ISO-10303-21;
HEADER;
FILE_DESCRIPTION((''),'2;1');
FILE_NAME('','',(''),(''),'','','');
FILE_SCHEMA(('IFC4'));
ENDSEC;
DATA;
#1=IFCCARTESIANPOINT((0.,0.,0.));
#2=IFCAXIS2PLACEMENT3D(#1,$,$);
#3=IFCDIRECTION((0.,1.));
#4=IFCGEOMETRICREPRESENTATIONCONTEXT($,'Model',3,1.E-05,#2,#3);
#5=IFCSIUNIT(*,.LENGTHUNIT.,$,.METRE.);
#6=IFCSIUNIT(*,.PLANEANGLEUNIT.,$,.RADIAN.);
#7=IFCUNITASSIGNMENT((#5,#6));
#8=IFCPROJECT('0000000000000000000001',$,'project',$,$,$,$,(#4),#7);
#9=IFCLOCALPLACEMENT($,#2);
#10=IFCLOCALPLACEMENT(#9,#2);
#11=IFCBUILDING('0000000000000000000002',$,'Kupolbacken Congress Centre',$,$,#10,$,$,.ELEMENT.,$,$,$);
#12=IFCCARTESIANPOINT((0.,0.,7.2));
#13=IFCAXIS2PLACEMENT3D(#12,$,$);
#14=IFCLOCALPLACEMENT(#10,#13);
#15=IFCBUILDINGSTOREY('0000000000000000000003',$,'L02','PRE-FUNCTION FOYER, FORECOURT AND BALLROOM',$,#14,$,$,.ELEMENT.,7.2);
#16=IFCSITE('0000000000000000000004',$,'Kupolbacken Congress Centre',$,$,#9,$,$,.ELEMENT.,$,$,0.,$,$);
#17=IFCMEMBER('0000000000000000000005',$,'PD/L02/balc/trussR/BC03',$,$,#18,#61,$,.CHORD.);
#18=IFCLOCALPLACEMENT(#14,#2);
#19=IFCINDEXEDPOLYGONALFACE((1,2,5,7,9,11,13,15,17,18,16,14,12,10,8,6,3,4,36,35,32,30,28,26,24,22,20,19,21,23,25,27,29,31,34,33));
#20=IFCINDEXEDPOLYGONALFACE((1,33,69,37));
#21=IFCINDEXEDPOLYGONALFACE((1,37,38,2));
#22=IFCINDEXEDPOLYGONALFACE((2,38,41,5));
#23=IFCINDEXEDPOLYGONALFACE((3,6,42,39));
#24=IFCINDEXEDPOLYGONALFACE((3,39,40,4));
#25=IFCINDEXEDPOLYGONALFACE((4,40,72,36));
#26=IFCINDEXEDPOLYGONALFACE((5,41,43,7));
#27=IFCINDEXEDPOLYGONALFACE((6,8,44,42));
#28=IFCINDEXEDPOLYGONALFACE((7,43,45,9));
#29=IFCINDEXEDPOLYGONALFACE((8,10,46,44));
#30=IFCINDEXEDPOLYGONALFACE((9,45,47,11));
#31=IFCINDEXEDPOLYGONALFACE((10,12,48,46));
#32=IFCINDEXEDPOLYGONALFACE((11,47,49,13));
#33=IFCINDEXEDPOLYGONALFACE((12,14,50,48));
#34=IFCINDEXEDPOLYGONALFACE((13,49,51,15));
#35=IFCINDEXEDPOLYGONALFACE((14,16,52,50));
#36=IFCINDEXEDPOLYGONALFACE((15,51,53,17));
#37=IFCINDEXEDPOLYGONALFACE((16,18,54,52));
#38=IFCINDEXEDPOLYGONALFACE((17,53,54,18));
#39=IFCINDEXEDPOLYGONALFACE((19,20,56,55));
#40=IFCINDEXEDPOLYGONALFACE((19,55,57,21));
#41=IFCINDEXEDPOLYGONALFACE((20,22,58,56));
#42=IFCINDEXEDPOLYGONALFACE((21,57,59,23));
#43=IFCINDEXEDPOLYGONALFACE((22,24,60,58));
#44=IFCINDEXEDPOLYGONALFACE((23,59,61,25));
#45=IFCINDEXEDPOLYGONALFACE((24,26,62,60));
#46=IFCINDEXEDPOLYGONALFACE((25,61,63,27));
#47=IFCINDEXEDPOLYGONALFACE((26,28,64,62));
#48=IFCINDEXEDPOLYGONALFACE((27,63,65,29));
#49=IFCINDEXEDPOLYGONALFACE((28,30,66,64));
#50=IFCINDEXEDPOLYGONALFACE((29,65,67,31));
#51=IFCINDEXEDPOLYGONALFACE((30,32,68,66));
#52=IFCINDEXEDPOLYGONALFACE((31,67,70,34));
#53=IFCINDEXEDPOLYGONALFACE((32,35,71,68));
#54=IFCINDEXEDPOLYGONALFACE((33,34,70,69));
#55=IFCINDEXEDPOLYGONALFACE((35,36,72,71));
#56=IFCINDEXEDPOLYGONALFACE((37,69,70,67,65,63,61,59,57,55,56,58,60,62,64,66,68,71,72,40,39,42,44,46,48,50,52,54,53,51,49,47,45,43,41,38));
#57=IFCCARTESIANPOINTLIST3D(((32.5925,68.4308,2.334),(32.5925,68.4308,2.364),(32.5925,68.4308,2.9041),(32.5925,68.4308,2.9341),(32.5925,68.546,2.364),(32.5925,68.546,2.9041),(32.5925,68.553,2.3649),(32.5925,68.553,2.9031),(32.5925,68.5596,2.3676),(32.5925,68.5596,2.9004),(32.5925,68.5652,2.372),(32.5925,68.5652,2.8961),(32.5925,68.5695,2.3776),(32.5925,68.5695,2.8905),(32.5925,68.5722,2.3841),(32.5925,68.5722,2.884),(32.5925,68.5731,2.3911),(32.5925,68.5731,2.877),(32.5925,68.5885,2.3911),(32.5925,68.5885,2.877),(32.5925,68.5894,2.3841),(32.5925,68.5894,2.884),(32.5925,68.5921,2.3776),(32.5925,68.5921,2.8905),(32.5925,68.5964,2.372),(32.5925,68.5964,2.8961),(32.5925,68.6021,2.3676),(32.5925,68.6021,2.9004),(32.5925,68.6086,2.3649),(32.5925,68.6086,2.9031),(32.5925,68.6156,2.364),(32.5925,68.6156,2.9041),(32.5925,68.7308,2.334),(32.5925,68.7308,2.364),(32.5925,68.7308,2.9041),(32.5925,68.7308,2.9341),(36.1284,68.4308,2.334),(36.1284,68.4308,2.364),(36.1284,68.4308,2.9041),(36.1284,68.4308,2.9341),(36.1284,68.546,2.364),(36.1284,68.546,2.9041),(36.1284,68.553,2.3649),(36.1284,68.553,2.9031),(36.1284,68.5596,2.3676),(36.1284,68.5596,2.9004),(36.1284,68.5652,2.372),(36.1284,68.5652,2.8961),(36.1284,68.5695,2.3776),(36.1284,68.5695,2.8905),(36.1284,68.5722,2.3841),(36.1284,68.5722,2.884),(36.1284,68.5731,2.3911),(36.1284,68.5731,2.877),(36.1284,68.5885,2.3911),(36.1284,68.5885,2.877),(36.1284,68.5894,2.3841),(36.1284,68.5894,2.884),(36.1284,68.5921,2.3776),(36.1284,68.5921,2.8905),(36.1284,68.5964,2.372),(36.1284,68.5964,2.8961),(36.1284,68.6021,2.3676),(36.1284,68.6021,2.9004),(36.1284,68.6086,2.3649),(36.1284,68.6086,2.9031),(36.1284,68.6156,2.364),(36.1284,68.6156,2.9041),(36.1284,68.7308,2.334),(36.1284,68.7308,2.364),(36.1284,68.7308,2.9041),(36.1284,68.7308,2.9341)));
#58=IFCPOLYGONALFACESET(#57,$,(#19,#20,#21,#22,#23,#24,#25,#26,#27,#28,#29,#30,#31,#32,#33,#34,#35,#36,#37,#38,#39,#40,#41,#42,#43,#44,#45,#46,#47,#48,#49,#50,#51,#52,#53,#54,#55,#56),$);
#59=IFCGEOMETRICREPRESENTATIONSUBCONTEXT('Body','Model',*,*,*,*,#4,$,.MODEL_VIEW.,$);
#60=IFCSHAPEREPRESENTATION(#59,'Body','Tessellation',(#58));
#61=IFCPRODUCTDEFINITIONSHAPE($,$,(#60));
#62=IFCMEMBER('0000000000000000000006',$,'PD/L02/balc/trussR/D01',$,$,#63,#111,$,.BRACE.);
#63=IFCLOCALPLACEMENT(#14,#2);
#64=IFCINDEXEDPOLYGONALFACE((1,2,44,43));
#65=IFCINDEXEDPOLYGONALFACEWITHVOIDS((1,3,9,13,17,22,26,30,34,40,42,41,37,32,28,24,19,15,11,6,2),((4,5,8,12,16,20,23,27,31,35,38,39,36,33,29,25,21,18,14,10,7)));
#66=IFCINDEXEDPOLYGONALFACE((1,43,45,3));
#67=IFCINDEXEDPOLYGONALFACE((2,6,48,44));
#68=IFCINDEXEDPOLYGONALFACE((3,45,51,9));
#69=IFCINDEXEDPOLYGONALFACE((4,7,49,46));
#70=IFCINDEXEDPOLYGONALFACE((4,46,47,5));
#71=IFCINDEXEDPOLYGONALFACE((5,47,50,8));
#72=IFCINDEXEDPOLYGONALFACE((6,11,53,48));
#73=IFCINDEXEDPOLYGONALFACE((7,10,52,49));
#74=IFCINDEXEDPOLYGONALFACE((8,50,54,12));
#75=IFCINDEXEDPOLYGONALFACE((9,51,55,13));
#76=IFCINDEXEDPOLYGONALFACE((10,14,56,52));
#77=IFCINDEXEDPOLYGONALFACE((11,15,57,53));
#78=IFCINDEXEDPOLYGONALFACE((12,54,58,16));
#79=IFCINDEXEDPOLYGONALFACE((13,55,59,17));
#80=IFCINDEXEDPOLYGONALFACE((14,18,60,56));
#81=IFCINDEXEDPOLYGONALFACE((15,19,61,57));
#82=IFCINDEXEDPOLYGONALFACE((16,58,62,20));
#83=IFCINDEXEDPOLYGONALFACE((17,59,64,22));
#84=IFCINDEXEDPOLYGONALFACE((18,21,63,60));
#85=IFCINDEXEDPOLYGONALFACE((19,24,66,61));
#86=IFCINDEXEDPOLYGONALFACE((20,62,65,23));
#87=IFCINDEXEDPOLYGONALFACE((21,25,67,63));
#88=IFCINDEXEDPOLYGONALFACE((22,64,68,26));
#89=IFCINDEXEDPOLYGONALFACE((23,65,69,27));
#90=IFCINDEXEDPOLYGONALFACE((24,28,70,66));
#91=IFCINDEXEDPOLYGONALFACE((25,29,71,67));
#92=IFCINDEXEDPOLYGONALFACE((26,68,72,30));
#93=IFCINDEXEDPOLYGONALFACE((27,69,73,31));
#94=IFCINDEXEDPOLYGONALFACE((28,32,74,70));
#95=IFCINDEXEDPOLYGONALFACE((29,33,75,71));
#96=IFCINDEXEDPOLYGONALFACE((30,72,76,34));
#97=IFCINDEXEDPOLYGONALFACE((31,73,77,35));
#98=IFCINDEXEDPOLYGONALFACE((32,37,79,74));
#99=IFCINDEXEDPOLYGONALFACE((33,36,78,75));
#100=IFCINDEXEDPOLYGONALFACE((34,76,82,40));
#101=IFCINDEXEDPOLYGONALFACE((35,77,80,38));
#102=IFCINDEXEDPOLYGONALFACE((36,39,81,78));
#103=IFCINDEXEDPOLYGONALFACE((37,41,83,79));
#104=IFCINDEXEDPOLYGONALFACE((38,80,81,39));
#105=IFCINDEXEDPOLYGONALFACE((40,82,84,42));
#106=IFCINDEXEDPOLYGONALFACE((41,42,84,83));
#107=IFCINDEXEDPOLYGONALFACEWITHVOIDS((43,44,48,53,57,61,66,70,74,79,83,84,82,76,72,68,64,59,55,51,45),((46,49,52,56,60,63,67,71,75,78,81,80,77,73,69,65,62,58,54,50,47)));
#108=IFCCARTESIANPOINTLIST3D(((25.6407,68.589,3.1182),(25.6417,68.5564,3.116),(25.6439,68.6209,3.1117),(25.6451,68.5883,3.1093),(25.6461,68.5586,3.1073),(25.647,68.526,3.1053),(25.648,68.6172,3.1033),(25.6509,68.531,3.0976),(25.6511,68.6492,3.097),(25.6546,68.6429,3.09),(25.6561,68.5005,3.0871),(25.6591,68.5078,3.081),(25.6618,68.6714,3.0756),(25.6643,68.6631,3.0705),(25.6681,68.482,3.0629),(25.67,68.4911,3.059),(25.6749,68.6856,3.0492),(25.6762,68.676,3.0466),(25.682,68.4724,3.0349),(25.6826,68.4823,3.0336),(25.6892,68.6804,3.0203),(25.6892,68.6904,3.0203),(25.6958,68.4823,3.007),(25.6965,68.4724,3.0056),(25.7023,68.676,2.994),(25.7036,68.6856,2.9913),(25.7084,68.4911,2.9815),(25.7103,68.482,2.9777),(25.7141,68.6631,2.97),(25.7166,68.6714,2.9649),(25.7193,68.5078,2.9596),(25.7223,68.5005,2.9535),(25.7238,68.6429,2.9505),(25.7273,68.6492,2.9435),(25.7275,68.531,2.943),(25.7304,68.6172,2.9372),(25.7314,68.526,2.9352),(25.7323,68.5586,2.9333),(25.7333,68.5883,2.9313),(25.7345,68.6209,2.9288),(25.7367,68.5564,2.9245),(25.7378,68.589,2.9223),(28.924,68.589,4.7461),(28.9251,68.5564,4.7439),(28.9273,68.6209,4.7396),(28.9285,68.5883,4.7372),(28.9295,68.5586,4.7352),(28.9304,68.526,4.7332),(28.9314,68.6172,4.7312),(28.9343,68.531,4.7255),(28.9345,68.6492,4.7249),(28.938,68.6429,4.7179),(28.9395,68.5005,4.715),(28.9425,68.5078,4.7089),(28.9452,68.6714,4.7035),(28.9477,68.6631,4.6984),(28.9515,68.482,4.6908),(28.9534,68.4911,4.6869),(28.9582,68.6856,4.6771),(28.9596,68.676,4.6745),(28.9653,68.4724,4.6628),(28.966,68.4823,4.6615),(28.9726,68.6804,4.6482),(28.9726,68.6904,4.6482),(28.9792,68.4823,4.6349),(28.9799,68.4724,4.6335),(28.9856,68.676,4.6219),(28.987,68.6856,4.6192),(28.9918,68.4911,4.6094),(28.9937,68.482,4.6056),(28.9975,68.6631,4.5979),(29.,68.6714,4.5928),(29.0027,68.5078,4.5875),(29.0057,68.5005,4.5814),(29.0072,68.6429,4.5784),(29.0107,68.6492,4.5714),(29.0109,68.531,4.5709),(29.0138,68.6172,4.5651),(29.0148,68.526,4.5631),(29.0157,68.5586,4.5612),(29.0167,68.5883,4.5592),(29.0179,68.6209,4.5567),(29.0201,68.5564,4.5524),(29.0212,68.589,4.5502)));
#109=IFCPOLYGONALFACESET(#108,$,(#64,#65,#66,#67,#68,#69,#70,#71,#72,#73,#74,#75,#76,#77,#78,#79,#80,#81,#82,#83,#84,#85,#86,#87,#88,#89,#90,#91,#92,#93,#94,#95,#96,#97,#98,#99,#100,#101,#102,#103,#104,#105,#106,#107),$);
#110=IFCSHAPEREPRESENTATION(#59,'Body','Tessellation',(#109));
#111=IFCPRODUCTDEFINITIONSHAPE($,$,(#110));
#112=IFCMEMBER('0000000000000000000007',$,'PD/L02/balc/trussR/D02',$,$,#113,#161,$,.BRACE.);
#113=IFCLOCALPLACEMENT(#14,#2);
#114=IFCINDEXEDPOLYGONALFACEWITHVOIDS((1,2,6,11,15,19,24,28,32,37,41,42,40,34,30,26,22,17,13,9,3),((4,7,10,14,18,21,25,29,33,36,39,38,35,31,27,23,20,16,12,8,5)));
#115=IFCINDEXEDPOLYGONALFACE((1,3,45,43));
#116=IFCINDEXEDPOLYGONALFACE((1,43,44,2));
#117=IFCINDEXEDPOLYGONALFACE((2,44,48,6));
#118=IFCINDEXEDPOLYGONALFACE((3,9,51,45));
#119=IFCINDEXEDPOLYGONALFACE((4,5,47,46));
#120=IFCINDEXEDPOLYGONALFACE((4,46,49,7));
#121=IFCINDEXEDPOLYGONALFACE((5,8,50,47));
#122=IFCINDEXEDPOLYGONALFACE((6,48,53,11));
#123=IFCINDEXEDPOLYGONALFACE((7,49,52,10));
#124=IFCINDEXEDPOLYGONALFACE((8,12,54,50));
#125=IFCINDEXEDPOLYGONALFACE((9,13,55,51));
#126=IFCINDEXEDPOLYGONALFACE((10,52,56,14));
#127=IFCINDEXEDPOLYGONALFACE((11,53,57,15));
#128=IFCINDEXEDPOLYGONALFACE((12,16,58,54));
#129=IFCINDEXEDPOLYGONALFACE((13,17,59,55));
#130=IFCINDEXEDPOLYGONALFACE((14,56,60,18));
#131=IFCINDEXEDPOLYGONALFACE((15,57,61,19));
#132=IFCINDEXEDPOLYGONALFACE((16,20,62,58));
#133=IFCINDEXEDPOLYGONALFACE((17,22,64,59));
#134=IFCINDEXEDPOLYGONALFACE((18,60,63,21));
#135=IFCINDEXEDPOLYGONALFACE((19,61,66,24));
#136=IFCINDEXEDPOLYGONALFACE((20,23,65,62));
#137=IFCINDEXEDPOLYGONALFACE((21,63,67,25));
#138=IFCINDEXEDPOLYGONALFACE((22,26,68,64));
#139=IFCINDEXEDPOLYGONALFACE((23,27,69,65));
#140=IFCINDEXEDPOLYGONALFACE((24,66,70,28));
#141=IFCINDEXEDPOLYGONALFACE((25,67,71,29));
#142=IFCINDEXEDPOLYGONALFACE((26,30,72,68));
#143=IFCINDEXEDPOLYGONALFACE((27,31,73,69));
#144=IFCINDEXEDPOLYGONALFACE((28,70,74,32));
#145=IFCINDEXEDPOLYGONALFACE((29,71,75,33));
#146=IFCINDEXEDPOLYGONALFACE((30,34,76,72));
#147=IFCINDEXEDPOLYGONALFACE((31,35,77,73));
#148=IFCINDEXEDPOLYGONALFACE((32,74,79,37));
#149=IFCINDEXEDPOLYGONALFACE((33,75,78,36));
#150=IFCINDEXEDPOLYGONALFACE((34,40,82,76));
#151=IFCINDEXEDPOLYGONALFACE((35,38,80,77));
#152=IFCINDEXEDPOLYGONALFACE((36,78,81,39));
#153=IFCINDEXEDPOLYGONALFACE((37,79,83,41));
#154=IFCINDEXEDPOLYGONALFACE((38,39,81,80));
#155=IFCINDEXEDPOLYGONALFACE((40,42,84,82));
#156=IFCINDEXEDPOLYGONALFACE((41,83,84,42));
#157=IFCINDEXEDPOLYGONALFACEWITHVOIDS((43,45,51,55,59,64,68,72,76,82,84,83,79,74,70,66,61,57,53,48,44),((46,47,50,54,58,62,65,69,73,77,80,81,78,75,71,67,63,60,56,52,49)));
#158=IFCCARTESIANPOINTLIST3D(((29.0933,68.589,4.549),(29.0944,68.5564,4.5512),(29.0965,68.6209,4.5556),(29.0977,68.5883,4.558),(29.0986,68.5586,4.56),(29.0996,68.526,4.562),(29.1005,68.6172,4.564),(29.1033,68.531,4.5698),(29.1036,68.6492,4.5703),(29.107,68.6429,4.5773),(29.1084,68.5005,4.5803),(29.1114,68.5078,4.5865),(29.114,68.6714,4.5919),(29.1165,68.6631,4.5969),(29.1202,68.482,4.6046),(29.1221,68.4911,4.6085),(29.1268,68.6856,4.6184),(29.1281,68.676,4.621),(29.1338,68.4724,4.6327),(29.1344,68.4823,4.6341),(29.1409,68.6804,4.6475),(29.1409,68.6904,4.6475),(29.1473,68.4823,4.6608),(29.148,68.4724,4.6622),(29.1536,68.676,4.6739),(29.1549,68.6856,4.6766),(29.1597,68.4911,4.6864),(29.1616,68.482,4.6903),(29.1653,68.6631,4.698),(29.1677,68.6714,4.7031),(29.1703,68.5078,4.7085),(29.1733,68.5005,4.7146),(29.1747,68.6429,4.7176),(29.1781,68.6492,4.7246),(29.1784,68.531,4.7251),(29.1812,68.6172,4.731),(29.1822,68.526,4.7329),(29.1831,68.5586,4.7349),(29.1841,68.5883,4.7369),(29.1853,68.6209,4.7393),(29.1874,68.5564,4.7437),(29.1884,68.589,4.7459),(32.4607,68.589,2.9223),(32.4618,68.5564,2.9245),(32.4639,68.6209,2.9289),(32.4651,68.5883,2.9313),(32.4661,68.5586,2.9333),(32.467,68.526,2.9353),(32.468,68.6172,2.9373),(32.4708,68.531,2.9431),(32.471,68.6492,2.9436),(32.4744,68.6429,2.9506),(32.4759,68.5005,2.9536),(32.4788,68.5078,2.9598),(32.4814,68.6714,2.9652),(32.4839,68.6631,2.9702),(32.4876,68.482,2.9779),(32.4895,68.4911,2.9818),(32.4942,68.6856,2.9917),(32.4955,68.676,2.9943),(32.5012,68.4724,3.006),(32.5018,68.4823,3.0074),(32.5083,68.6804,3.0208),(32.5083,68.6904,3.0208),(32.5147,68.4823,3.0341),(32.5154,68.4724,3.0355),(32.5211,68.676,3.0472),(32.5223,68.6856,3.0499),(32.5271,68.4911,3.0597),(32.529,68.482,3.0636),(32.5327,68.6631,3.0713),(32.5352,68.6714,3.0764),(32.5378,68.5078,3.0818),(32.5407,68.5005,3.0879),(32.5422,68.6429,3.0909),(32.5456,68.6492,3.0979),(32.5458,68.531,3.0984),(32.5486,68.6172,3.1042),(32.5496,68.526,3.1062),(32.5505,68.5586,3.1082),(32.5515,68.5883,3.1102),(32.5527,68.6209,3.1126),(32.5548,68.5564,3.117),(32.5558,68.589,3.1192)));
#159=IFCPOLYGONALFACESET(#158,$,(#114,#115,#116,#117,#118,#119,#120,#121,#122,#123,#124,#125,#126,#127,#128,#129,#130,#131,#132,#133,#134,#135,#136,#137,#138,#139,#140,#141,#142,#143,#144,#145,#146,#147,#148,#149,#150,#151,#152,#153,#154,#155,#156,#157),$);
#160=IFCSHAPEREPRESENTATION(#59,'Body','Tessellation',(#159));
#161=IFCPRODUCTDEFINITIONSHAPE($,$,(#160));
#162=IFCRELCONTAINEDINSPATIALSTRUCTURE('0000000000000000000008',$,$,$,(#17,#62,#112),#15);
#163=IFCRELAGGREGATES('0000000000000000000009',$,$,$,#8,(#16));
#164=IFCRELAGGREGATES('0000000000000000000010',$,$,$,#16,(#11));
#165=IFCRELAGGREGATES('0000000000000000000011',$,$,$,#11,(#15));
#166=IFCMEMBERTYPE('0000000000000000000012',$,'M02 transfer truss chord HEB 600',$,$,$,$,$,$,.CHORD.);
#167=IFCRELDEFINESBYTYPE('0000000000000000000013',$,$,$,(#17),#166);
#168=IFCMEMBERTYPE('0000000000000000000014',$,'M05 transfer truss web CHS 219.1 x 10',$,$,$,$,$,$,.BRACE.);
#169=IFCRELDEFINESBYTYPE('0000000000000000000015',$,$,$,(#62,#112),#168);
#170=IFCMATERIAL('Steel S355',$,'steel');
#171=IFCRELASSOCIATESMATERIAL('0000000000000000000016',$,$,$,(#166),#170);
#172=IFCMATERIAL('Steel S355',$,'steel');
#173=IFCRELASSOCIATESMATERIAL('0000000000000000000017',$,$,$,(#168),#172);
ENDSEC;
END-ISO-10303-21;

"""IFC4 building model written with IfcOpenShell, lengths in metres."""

from ifc_helpers import new_model, si_unit, direction, frame, origin, origin_2d, place, context, subcontext, project, spatial, hollow_circle, i_section, extrude, material, material_profile, profile_set, type_object, element, save


model = new_model("IFC4")

# Units and contexts
model_context = context("Model", 3, precision=1e-05, world=origin(), true_north=direction((0.0, 1.0)))
body_context = subcontext(model_context, "Body", "Model", "MODEL_VIEW")
ifc_project = project(units=[si_unit("LENGTHUNIT", "METRE"), si_unit("PLANEANGLEUNIT", "RADIAN")], contexts=[model_context])

# Site, building, storey
site_placement = place(None, origin())
site = spatial("IfcSite", under=ifc_project, at=site_placement, Name="Kupolbacken Congress Centre", CompositionType="ELEMENT", RefElevation=0.0)
building_placement = place(site_placement, origin())
building = spatial("IfcBuilding", under=site, at=building_placement, Name="Kupolbacken Congress Centre", CompositionType="ELEMENT")
storey_placement = place(building_placement, frame((0.0, 0.0, 7.2)))
storey = spatial("IfcBuildingStorey", under=building, at=storey_placement, Name="L02", Description="PRE-FUNCTION FOYER, FORECOURT AND BALLROOM", CompositionType="ELEMENT", Elevation=7.2)

# Members
ifc_material_1 = material(Name="Steel S355", Category="steel")
ifc_material_profile_1 = material_profile(ifc_material_1, i_section(OverallWidth=0.3, OverallDepth=0.6001, WebThickness=0.0154, FlangeThickness=0.03, FilletRadius=0.0271, at=origin_2d()), Name="HEB 600")
ifc_profile_set_1 = profile_set([ifc_material_profile_1], Name="Steel S355")
member_type_1 = type_object("IfcMemberType", Name="M02 transfer truss chord HEB 600", PredefinedType="CHORD", material=ifc_profile_set_1)
for number, where, z_axis, x_axis, name in (
    (1, (32.5925, 68.5808, 2.634), (1.0, 0.0, 0.0), (0.0, 1.0, 0.0), "PD/L02/balc/trussR/BC03"),
):
    element("IfcMember", number, at=place(storey_placement, frame(where, z_axis=z_axis, x_axis=x_axis)), inside=storey, type_object=member_type_1, Name=name, PredefinedType="CHORD", context=body_context, shape_type="SweptSolid", body=[
        extrude(i_section(OverallWidth=0.3, OverallDepth=0.6001, WebThickness=0.0154, FlangeThickness=0.03, FilletRadius=0.0271, at=origin_2d()), origin(), (0.0, 0.0, 1.0), 3.5359),
    ])
ifc_material_2 = material(Name="Steel S355", Category="steel")
ifc_material_profile_2 = material_profile(ifc_material_2, hollow_circle(Radius=0.1096, WallThickness=0.01, at=origin_2d()), Name="CHS 219.1 x 10")
ifc_profile_set_2 = profile_set([ifc_material_profile_2], Name="Steel S355")
member_type_2 = type_object("IfcMemberType", Name="M05 transfer truss web CHS 219.1 x 10", PredefinedType="BRACE", material=ifc_profile_set_2)
member_1_placement = place(storey_placement, frame((25.6892, 68.5808, 3.0203), z_axis=(0.895928, 0.0, 0.4442), x_axis=(0.0, 1.0, 0.0)))
element("IfcMember", 2, at=member_1_placement, inside=storey, type_object=member_type_2, Name="PD/L02/balc/trussR/D01", PredefinedType="BRACE", context=body_context, shape_type="SweptSolid", body=[
    extrude(hollow_circle(Radius=0.1096, WallThickness=0.01, at=origin_2d()), origin(), (0.0, 0.0, 1.0), 3.6648),
])
member_2_placement = place(storey_placement, frame((29.1409, 68.5808, 4.6475), z_axis=(0.900441, 0.0, -0.434977), x_axis=(0.0, 1.0, 0.0)))
element("IfcMember", 3, at=member_2_placement, inside=storey, type_object=member_type_2, Name="PD/L02/balc/trussR/D02", PredefinedType="BRACE", context=body_context, shape_type="SweptSolid", body=[
    extrude(hollow_circle(Radius=0.1096, WallThickness=0.01, at=origin_2d()), origin(), (0.0, 0.0, 1.0), 3.7397),
])

save(model, "model.ifc")
